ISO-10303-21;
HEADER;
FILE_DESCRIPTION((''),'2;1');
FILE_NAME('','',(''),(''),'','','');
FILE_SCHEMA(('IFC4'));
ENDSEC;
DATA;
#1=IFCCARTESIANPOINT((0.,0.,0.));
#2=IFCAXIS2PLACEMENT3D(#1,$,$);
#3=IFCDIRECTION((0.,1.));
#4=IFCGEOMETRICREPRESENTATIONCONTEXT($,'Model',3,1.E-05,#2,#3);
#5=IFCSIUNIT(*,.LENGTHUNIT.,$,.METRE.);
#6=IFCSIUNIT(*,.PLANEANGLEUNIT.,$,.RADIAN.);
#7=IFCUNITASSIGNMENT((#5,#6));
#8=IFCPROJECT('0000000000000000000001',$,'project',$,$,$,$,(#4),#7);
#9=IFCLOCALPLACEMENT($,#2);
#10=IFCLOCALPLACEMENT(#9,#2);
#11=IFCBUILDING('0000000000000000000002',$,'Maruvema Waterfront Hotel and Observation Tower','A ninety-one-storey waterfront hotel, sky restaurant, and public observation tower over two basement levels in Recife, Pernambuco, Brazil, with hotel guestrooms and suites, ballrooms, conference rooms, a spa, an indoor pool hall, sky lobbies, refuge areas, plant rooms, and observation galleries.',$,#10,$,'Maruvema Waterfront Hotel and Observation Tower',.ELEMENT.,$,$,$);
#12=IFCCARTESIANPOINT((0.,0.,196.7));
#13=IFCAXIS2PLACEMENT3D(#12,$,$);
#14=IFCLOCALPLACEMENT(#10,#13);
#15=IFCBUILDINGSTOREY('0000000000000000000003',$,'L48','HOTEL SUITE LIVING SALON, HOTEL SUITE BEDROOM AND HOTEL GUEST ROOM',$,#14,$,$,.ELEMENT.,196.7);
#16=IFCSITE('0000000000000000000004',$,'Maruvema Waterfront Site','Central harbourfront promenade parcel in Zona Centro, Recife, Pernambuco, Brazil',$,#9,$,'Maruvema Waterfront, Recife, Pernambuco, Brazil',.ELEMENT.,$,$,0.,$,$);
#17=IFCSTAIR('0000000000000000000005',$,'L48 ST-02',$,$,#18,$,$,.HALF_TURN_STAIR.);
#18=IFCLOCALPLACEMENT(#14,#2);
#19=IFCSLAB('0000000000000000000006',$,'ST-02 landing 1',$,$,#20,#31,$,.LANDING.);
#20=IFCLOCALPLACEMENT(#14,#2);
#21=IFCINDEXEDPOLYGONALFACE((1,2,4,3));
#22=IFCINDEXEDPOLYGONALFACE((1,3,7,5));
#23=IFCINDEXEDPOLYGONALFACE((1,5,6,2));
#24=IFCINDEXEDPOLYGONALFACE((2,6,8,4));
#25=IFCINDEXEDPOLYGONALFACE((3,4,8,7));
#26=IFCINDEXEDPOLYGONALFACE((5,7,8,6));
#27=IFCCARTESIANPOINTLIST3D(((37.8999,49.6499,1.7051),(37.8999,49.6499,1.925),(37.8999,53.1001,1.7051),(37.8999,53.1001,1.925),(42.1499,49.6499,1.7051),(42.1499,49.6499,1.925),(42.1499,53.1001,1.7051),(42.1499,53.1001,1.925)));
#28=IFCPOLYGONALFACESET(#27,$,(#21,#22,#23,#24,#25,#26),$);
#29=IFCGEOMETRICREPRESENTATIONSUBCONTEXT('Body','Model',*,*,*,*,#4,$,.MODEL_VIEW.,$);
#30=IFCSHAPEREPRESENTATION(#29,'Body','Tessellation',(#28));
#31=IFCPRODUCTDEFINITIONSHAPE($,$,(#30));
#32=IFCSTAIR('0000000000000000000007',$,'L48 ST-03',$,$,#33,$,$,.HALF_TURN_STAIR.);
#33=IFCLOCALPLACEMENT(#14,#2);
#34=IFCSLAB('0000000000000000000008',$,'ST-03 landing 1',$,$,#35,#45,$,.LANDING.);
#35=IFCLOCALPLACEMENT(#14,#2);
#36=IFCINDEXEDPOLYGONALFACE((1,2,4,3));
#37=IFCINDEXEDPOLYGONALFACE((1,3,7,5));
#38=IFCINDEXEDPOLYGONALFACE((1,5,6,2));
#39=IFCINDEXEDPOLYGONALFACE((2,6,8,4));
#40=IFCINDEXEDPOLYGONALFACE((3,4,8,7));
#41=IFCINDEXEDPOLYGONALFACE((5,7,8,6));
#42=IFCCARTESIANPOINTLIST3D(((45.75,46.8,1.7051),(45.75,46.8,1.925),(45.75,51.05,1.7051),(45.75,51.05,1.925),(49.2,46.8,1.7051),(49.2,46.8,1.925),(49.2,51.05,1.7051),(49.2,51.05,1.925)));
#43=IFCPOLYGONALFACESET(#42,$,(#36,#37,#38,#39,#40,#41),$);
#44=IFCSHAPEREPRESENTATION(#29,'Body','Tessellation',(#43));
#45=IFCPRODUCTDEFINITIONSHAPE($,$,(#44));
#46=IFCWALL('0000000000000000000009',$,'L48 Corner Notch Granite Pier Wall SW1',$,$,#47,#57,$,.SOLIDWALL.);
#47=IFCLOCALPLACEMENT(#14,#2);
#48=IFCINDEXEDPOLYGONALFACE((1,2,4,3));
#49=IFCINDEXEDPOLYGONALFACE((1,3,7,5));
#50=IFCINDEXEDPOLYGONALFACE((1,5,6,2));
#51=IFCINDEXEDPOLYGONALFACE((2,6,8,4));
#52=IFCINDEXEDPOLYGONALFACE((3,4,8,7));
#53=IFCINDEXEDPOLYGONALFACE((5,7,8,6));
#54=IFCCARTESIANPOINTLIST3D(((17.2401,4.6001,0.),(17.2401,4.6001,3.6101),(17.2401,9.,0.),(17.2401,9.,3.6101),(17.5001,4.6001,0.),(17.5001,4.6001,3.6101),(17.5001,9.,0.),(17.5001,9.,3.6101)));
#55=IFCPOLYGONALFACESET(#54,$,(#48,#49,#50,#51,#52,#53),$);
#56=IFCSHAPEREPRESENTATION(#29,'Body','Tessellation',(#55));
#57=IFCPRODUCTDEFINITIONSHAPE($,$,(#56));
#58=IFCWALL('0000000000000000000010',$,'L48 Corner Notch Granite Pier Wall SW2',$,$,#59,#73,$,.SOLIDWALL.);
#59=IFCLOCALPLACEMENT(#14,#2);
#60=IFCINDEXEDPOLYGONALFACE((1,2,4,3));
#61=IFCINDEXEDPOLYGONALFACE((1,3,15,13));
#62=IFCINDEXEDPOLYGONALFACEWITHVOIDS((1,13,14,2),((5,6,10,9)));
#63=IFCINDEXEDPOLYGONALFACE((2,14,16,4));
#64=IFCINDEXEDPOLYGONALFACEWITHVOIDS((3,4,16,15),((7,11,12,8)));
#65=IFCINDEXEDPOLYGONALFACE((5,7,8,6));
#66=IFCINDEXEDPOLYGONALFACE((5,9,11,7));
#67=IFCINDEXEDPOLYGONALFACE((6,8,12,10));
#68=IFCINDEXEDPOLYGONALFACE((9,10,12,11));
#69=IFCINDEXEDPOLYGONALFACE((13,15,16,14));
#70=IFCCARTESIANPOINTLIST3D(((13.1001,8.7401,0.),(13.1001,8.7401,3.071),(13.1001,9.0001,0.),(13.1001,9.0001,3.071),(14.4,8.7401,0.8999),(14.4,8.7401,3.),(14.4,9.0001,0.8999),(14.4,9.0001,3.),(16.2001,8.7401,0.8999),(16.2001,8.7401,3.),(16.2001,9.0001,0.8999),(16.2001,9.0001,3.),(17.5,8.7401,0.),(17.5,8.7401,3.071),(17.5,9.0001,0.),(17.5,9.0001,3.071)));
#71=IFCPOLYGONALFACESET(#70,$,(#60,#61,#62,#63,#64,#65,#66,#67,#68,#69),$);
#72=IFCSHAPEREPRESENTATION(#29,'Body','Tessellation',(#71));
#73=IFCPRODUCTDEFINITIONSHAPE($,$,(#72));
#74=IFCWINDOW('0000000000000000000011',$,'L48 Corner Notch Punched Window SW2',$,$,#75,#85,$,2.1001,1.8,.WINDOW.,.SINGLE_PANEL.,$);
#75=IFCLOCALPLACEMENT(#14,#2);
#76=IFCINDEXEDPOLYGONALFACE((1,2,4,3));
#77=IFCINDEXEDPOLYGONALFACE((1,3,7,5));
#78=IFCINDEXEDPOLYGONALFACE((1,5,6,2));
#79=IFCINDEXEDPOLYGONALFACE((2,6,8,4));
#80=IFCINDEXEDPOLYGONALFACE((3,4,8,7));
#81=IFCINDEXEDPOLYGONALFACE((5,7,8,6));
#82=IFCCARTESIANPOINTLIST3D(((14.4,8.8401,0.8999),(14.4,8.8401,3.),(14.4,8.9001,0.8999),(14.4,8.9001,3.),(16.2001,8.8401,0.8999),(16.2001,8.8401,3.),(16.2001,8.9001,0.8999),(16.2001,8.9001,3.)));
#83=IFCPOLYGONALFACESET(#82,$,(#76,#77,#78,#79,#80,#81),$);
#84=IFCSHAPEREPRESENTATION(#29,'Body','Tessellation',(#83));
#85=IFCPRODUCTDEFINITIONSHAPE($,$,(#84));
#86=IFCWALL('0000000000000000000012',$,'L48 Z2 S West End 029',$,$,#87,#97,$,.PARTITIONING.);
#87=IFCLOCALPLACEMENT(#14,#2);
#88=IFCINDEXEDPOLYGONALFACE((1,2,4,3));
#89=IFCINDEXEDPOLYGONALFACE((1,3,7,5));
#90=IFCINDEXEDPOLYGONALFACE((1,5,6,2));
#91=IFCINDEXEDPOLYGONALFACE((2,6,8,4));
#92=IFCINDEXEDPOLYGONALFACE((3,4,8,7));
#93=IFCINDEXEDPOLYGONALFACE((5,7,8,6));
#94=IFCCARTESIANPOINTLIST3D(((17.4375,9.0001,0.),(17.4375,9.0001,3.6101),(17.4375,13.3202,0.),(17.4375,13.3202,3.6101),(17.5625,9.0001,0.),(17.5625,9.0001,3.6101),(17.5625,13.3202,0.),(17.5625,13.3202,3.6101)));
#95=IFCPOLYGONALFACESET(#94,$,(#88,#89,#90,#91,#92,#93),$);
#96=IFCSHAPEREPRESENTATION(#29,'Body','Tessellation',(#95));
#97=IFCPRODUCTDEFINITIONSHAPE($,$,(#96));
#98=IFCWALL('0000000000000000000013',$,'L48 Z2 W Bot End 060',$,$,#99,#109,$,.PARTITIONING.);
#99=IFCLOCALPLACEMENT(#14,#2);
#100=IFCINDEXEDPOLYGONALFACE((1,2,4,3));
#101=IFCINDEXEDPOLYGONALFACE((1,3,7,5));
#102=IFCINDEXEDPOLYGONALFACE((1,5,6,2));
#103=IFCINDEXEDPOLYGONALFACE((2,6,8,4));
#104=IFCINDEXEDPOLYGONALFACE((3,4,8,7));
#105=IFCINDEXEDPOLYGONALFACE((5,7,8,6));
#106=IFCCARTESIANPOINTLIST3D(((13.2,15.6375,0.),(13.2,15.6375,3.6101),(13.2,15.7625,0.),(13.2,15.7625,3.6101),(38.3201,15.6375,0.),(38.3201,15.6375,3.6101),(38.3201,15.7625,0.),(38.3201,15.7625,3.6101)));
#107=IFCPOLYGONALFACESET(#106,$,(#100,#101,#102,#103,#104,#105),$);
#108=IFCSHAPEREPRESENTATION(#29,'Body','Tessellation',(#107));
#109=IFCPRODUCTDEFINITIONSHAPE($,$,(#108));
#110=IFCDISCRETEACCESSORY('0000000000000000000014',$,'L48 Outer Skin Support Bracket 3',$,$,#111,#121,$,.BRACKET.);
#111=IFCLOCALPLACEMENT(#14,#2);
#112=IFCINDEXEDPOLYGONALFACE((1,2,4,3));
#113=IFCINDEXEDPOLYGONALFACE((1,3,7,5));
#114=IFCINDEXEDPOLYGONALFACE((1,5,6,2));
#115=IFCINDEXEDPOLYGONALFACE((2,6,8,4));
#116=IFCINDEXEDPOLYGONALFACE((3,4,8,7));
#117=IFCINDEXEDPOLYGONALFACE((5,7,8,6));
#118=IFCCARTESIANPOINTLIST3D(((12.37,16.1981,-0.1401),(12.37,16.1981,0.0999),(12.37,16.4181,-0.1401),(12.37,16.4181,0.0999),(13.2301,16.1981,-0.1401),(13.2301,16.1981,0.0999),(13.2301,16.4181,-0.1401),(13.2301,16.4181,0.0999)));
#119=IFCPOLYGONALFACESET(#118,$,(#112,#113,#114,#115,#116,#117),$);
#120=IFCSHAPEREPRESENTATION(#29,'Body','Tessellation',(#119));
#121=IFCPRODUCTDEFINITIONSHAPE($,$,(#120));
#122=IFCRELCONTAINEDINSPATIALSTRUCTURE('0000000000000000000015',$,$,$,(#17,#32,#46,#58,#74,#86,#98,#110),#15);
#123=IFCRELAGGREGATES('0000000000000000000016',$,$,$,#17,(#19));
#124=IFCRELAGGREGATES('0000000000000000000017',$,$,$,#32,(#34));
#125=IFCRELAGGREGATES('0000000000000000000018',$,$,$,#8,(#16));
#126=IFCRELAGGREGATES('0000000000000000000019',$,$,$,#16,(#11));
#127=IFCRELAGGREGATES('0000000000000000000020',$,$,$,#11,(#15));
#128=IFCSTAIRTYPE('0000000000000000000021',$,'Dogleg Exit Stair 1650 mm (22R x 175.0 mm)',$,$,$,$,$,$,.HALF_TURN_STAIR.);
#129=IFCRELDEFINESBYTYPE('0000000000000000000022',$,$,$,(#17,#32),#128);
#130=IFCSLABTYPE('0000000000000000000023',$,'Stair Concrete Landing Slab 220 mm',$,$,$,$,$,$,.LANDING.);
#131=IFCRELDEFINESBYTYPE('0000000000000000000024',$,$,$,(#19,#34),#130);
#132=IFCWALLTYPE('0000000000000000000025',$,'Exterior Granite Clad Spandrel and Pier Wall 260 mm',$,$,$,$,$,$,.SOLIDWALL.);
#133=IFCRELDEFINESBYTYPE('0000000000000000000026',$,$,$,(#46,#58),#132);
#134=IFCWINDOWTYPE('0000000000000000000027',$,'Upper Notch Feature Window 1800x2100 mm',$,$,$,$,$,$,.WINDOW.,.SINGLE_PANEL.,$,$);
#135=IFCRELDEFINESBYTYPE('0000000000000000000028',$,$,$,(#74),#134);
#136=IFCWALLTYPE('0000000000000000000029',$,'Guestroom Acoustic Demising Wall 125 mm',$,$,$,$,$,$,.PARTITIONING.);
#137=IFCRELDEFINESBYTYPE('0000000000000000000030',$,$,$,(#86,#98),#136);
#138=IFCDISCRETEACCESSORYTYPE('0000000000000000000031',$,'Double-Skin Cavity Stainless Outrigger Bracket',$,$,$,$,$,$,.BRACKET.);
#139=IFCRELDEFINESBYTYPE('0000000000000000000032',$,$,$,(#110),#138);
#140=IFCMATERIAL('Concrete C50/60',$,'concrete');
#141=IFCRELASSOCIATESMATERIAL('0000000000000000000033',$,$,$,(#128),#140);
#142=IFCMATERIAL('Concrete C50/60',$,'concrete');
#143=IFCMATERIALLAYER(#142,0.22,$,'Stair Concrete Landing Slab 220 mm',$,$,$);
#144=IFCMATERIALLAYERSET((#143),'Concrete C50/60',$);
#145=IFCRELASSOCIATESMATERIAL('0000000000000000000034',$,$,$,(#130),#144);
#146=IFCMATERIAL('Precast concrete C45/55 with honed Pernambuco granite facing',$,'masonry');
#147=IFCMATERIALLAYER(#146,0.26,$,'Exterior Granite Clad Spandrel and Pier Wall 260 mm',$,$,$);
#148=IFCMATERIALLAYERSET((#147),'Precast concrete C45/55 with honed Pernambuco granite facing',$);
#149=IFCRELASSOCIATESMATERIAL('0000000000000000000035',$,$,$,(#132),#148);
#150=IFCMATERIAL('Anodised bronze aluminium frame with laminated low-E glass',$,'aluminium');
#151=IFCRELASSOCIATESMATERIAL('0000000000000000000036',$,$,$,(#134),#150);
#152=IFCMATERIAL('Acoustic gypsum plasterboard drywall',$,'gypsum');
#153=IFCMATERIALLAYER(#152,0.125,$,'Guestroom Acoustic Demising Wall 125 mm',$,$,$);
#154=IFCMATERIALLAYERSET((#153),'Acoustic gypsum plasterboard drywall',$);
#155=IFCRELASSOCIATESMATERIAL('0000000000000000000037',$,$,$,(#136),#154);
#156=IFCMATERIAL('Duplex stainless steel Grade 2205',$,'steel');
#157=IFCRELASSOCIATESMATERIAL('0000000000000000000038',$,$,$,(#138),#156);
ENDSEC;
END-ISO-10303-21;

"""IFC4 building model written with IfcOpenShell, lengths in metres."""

from ifc_helpers import new_model, si_unit, direction, frame, frame_2d, origin, origin_2d, place, context, subcontext, project, spatial, polyline, rectangle, outline, extrude, material, layer, layer_set, type_object, element, fill, aggregate, save


model = new_model("IFC4")

# Units and contexts
model_context = context("Model", 3, precision=1e-05, world=origin(), true_north=direction((0.0, 1.0)))
body_context = subcontext(model_context, "Body", "Model", "MODEL_VIEW")
ifc_project = project(units=[si_unit("LENGTHUNIT", "METRE"), si_unit("PLANEANGLEUNIT", "RADIAN")], contexts=[model_context])

# Site, building, storey
site_placement = place(None, origin())
site = spatial("IfcSite", under=ifc_project, at=site_placement, Name="Maruvema Waterfront Site", Description="Central harbourfront promenade parcel in Zona Centro, Recife, Pernambuco, Brazil", LongName="Maruvema Waterfront, Recife, Pernambuco, Brazil", CompositionType="ELEMENT", RefElevation=0.0)
building_placement = place(site_placement, origin())
building = spatial("IfcBuilding", under=site, at=building_placement, Name="Maruvema Waterfront Hotel and Observation Tower", Description="A ninety-one-storey waterfront hotel, sky restaurant, and public observation tower over two basement levels in Recife, Pernambuco, Brazil, with hotel guestrooms and suites, ballrooms, conference rooms, a spa, an indoor pool hall, sky lobbies, refuge areas, plant rooms, and observation galleries.", LongName="Maruvema Waterfront Hotel and Observation Tower", CompositionType="ELEMENT")
storey_placement = place(building_placement, frame((0.0, 0.0, 196.7)))
storey = spatial("IfcBuildingStorey", under=building, at=storey_placement, Name="L48", Description="HOTEL SUITE LIVING SALON, HOTEL SUITE BEDROOM AND HOTEL GUEST ROOM", CompositionType="ELEMENT", Elevation=196.7)

# Stairs, slabs
ifc_material_1 = material(Name="Concrete C50/60", Category="concrete")
stair_type = type_object("IfcStairType", Name="Dogleg Exit Stair 1650 mm (22R x 175.0 mm)", PredefinedType="HALF_TURN_STAIR", material=ifc_material_1)
ifc_material_2 = material(Name="Concrete C50/60", Category="concrete")
ifc_layer_1 = layer(ifc_material_2, 0.22, Name="Stair Concrete Landing Slab 220 mm")
ifc_layer_set_1 = layer_set([ifc_layer_1], Name="Concrete C50/60")
slab_type_1 = type_object("IfcSlabType", Name="Stair Concrete Landing Slab 220 mm", PredefinedType="LANDING", material=ifc_layer_set_1)
stair_1_placement = place(storey_placement, origin())
stair_1 = element("IfcStair", 1, at=stair_1_placement, inside=storey, type_object=stair_type, Name="L48 ST-02", PredefinedType="HALF_TURN_STAIR")
slab_1_placement = place(storey_placement, frame((0.0, 0.0, 1.7051)))
slab_1 = element("IfcSlab", 2, at=slab_1_placement, type_object=slab_type_1, Name="ST-02 landing 1", PredefinedType="LANDING", context=body_context, shape_type="SweptSolid", body=[
    extrude(outline(polyline([(37.8999, 49.6499), (42.1499, 49.6499), (42.1499, 53.1001), (37.8999, 53.1001), (37.8999, 49.6499)])), origin(), (0.0, 0.0, 1.0), 0.22),
])
aggregate(stair_1, [slab_1])
stair_2_placement = place(storey_placement, origin())
stair_2 = element("IfcStair", 3, at=stair_2_placement, inside=storey, type_object=stair_type, Name="L48 ST-03", PredefinedType="HALF_TURN_STAIR")
slab_2_placement = place(storey_placement, frame((0.0, 0.0, 1.7051)))
slab_2 = element("IfcSlab", 4, at=slab_2_placement, type_object=slab_type_1, Name="ST-03 landing 1", PredefinedType="LANDING", context=body_context, shape_type="SweptSolid", body=[
    extrude(outline(polyline([(49.2, 46.8), (49.2, 51.05), (45.75, 51.05), (45.75, 46.8), (49.2, 46.8)])), origin(), (0.0, 0.0, 1.0), 0.22),
])
aggregate(stair_2, [slab_2])

# Wall
ifc_material_3 = material(Name="Precast concrete C45/55 with honed Pernambuco granite facing", Category="masonry")
ifc_layer_2 = layer(ifc_material_3, 0.26, Name="Exterior Granite Clad Spandrel and Pier Wall 260 mm")
ifc_layer_set_2 = layer_set([ifc_layer_2], Name="Precast concrete C45/55 with honed Pernambuco granite facing")
wall_type_1 = type_object("IfcWallType", Name="Exterior Granite Clad Spandrel and Pier Wall 260 mm", PredefinedType="SOLIDWALL", material=ifc_layer_set_2)
wall_1_placement = place(storey_placement, frame((17.3701, 4.6001, 0.0), z_axis=(0.0, 0.0, 1.0), x_axis=(0.0, 1.0, 0.0)))
element("IfcWall", 5, at=wall_1_placement, inside=storey, type_object=wall_type_1, Name="L48 Corner Notch Granite Pier Wall SW1", PredefinedType="SOLIDWALL", context=body_context, shape_type="SweptSolid", body=[
    extrude(rectangle(XDim=4.3999, YDim=0.26, at=frame_2d((2.2, 0.0))), origin(), (0.0, 0.0, 1.0), 3.6101),
])

# Wall, opening, window
wall_2_placement = place(storey_placement, frame((17.5, 8.8701, 0.0), z_axis=(0.0, 0.0, 1.0), x_axis=(-1.0, 0.0, 0.0)))
wall_2 = element("IfcWall", 6, at=wall_2_placement, inside=storey, type_object=wall_type_1, Name="L48 Corner Notch Granite Pier Wall SW2", PredefinedType="SOLIDWALL", context=body_context, shape_type="SweptSolid", body=[
    extrude(rectangle(XDim=4.3999, YDim=0.26, at=frame_2d((2.2, 0.0))), origin(), (0.0, 0.0, 1.0), 3.071),
])
opening_1_placement = place(wall_2_placement, frame((1.3, 0.0, 0.8999)))
opening_1 = element("IfcOpeningElement", 7, at=opening_1_placement, cuts=wall_2, PredefinedType="OPENING", context=body_context, shape_type="SweptSolid", body=[
    extrude(rectangle(XDim=1.8, YDim=2.1001, at=frame_2d((0.8999, 1.05))), frame((0.0, 0.1401, 0.0), z_axis=(0.0, -1.0, 0.0), x_axis=(1.0, 0.0, 0.0)), (0.0, 0.0, 1.0), 0.28),
])
ifc_material_4 = material(Name="Anodised bronze aluminium frame with laminated low-E glass", Category="aluminium")
window_type = type_object("IfcWindowType", Name="Upper Notch Feature Window 1800x2100 mm", PartitioningType="SINGLE_PANEL", PredefinedType="WINDOW", material=ifc_material_4)
window_placement = place(opening_1_placement, origin())
window = element("IfcWindow", 8, at=window_placement, inside=storey, type_object=window_type, Name="L48 Corner Notch Punched Window SW2", OverallHeight=2.1001, OverallWidth=1.8, PartitioningType="SINGLE_PANEL", PredefinedType="WINDOW", context=body_context, shape_type="SweptSolid", body=[
    extrude(rectangle(XDim=1.8, YDim=2.1001, at=frame_2d((0.8999, 1.05))), frame((0.0, 0.03, 0.0), z_axis=(0.0, -1.0, 0.0), x_axis=(1.0, 0.0, 0.0)), (0.0, 0.0, 1.0), 0.0601),
])
fill(opening_1, window)

# Walls
ifc_material_5 = material(Name="Acoustic gypsum plasterboard drywall", Category="gypsum")
ifc_layer_3 = layer(ifc_material_5, 0.125, Name="Guestroom Acoustic Demising Wall 125 mm")
ifc_layer_set_3 = layer_set([ifc_layer_3], Name="Acoustic gypsum plasterboard drywall")
wall_type_2 = type_object("IfcWallType", Name="Guestroom Acoustic Demising Wall 125 mm", PredefinedType="PARTITIONING", material=ifc_layer_set_3)
wall_3_placement = place(storey_placement, frame((17.5, 9.0, 0.0), z_axis=(0.0, 0.0, 1.0), x_axis=(0.0, 1.0, 0.0)))
element("IfcWall", 9, at=wall_3_placement, inside=storey, type_object=wall_type_2, Name="L48 Z2 S West End 029", PredefinedType="PARTITIONING", context=body_context, shape_type="SweptSolid", body=[
    extrude(rectangle(XDim=4.3201, YDim=0.125, at=frame_2d((2.1602, 0.0))), origin(), (0.0, 0.0, 1.0), 3.6101),
])
wall_4_placement = place(storey_placement, frame((13.2, 15.7, 0.0), z_axis=(0.0, 0.0, 1.0), x_axis=(1.0, 0.0, 0.0)))
element("IfcWall", 10, at=wall_4_placement, inside=storey, type_object=wall_type_2, Name="L48 Z2 W Bot End 060", PredefinedType="PARTITIONING", context=body_context, shape_type="SweptSolid", body=[
    extrude(rectangle(XDim=25.1201, YDim=0.125, at=frame_2d((12.5601, 0.0))), origin(), (0.0, 0.0, 1.0), 3.6101),
])

# Discrete accessory
ifc_material_6 = material(Name="Duplex stainless steel Grade 2205", Category="steel")
discrete_accessory_type = type_object("IfcDiscreteAccessoryType", Name="Double-Skin Cavity Stainless Outrigger Bracket", PredefinedType="BRACKET", material=ifc_material_6)
discrete_accessory_placement = place(storey_placement, frame((12.8, 16.3081, -0.1401), z_axis=(0.0, 0.0, 1.0), x_axis=(0.0, -1.0, 0.0)))
element("IfcDiscreteAccessory", 11, at=discrete_accessory_placement, inside=storey, type_object=discrete_accessory_type, Name="L48 Outer Skin Support Bracket 3", PredefinedType="BRACKET", context=body_context, shape_type="SweptSolid", body=[
    extrude(rectangle(XDim=0.22, YDim=0.8601, at=origin_2d()), origin(), (0.0, 0.0, 1.0), 0.24),
])

save(model, "model.ifc")
